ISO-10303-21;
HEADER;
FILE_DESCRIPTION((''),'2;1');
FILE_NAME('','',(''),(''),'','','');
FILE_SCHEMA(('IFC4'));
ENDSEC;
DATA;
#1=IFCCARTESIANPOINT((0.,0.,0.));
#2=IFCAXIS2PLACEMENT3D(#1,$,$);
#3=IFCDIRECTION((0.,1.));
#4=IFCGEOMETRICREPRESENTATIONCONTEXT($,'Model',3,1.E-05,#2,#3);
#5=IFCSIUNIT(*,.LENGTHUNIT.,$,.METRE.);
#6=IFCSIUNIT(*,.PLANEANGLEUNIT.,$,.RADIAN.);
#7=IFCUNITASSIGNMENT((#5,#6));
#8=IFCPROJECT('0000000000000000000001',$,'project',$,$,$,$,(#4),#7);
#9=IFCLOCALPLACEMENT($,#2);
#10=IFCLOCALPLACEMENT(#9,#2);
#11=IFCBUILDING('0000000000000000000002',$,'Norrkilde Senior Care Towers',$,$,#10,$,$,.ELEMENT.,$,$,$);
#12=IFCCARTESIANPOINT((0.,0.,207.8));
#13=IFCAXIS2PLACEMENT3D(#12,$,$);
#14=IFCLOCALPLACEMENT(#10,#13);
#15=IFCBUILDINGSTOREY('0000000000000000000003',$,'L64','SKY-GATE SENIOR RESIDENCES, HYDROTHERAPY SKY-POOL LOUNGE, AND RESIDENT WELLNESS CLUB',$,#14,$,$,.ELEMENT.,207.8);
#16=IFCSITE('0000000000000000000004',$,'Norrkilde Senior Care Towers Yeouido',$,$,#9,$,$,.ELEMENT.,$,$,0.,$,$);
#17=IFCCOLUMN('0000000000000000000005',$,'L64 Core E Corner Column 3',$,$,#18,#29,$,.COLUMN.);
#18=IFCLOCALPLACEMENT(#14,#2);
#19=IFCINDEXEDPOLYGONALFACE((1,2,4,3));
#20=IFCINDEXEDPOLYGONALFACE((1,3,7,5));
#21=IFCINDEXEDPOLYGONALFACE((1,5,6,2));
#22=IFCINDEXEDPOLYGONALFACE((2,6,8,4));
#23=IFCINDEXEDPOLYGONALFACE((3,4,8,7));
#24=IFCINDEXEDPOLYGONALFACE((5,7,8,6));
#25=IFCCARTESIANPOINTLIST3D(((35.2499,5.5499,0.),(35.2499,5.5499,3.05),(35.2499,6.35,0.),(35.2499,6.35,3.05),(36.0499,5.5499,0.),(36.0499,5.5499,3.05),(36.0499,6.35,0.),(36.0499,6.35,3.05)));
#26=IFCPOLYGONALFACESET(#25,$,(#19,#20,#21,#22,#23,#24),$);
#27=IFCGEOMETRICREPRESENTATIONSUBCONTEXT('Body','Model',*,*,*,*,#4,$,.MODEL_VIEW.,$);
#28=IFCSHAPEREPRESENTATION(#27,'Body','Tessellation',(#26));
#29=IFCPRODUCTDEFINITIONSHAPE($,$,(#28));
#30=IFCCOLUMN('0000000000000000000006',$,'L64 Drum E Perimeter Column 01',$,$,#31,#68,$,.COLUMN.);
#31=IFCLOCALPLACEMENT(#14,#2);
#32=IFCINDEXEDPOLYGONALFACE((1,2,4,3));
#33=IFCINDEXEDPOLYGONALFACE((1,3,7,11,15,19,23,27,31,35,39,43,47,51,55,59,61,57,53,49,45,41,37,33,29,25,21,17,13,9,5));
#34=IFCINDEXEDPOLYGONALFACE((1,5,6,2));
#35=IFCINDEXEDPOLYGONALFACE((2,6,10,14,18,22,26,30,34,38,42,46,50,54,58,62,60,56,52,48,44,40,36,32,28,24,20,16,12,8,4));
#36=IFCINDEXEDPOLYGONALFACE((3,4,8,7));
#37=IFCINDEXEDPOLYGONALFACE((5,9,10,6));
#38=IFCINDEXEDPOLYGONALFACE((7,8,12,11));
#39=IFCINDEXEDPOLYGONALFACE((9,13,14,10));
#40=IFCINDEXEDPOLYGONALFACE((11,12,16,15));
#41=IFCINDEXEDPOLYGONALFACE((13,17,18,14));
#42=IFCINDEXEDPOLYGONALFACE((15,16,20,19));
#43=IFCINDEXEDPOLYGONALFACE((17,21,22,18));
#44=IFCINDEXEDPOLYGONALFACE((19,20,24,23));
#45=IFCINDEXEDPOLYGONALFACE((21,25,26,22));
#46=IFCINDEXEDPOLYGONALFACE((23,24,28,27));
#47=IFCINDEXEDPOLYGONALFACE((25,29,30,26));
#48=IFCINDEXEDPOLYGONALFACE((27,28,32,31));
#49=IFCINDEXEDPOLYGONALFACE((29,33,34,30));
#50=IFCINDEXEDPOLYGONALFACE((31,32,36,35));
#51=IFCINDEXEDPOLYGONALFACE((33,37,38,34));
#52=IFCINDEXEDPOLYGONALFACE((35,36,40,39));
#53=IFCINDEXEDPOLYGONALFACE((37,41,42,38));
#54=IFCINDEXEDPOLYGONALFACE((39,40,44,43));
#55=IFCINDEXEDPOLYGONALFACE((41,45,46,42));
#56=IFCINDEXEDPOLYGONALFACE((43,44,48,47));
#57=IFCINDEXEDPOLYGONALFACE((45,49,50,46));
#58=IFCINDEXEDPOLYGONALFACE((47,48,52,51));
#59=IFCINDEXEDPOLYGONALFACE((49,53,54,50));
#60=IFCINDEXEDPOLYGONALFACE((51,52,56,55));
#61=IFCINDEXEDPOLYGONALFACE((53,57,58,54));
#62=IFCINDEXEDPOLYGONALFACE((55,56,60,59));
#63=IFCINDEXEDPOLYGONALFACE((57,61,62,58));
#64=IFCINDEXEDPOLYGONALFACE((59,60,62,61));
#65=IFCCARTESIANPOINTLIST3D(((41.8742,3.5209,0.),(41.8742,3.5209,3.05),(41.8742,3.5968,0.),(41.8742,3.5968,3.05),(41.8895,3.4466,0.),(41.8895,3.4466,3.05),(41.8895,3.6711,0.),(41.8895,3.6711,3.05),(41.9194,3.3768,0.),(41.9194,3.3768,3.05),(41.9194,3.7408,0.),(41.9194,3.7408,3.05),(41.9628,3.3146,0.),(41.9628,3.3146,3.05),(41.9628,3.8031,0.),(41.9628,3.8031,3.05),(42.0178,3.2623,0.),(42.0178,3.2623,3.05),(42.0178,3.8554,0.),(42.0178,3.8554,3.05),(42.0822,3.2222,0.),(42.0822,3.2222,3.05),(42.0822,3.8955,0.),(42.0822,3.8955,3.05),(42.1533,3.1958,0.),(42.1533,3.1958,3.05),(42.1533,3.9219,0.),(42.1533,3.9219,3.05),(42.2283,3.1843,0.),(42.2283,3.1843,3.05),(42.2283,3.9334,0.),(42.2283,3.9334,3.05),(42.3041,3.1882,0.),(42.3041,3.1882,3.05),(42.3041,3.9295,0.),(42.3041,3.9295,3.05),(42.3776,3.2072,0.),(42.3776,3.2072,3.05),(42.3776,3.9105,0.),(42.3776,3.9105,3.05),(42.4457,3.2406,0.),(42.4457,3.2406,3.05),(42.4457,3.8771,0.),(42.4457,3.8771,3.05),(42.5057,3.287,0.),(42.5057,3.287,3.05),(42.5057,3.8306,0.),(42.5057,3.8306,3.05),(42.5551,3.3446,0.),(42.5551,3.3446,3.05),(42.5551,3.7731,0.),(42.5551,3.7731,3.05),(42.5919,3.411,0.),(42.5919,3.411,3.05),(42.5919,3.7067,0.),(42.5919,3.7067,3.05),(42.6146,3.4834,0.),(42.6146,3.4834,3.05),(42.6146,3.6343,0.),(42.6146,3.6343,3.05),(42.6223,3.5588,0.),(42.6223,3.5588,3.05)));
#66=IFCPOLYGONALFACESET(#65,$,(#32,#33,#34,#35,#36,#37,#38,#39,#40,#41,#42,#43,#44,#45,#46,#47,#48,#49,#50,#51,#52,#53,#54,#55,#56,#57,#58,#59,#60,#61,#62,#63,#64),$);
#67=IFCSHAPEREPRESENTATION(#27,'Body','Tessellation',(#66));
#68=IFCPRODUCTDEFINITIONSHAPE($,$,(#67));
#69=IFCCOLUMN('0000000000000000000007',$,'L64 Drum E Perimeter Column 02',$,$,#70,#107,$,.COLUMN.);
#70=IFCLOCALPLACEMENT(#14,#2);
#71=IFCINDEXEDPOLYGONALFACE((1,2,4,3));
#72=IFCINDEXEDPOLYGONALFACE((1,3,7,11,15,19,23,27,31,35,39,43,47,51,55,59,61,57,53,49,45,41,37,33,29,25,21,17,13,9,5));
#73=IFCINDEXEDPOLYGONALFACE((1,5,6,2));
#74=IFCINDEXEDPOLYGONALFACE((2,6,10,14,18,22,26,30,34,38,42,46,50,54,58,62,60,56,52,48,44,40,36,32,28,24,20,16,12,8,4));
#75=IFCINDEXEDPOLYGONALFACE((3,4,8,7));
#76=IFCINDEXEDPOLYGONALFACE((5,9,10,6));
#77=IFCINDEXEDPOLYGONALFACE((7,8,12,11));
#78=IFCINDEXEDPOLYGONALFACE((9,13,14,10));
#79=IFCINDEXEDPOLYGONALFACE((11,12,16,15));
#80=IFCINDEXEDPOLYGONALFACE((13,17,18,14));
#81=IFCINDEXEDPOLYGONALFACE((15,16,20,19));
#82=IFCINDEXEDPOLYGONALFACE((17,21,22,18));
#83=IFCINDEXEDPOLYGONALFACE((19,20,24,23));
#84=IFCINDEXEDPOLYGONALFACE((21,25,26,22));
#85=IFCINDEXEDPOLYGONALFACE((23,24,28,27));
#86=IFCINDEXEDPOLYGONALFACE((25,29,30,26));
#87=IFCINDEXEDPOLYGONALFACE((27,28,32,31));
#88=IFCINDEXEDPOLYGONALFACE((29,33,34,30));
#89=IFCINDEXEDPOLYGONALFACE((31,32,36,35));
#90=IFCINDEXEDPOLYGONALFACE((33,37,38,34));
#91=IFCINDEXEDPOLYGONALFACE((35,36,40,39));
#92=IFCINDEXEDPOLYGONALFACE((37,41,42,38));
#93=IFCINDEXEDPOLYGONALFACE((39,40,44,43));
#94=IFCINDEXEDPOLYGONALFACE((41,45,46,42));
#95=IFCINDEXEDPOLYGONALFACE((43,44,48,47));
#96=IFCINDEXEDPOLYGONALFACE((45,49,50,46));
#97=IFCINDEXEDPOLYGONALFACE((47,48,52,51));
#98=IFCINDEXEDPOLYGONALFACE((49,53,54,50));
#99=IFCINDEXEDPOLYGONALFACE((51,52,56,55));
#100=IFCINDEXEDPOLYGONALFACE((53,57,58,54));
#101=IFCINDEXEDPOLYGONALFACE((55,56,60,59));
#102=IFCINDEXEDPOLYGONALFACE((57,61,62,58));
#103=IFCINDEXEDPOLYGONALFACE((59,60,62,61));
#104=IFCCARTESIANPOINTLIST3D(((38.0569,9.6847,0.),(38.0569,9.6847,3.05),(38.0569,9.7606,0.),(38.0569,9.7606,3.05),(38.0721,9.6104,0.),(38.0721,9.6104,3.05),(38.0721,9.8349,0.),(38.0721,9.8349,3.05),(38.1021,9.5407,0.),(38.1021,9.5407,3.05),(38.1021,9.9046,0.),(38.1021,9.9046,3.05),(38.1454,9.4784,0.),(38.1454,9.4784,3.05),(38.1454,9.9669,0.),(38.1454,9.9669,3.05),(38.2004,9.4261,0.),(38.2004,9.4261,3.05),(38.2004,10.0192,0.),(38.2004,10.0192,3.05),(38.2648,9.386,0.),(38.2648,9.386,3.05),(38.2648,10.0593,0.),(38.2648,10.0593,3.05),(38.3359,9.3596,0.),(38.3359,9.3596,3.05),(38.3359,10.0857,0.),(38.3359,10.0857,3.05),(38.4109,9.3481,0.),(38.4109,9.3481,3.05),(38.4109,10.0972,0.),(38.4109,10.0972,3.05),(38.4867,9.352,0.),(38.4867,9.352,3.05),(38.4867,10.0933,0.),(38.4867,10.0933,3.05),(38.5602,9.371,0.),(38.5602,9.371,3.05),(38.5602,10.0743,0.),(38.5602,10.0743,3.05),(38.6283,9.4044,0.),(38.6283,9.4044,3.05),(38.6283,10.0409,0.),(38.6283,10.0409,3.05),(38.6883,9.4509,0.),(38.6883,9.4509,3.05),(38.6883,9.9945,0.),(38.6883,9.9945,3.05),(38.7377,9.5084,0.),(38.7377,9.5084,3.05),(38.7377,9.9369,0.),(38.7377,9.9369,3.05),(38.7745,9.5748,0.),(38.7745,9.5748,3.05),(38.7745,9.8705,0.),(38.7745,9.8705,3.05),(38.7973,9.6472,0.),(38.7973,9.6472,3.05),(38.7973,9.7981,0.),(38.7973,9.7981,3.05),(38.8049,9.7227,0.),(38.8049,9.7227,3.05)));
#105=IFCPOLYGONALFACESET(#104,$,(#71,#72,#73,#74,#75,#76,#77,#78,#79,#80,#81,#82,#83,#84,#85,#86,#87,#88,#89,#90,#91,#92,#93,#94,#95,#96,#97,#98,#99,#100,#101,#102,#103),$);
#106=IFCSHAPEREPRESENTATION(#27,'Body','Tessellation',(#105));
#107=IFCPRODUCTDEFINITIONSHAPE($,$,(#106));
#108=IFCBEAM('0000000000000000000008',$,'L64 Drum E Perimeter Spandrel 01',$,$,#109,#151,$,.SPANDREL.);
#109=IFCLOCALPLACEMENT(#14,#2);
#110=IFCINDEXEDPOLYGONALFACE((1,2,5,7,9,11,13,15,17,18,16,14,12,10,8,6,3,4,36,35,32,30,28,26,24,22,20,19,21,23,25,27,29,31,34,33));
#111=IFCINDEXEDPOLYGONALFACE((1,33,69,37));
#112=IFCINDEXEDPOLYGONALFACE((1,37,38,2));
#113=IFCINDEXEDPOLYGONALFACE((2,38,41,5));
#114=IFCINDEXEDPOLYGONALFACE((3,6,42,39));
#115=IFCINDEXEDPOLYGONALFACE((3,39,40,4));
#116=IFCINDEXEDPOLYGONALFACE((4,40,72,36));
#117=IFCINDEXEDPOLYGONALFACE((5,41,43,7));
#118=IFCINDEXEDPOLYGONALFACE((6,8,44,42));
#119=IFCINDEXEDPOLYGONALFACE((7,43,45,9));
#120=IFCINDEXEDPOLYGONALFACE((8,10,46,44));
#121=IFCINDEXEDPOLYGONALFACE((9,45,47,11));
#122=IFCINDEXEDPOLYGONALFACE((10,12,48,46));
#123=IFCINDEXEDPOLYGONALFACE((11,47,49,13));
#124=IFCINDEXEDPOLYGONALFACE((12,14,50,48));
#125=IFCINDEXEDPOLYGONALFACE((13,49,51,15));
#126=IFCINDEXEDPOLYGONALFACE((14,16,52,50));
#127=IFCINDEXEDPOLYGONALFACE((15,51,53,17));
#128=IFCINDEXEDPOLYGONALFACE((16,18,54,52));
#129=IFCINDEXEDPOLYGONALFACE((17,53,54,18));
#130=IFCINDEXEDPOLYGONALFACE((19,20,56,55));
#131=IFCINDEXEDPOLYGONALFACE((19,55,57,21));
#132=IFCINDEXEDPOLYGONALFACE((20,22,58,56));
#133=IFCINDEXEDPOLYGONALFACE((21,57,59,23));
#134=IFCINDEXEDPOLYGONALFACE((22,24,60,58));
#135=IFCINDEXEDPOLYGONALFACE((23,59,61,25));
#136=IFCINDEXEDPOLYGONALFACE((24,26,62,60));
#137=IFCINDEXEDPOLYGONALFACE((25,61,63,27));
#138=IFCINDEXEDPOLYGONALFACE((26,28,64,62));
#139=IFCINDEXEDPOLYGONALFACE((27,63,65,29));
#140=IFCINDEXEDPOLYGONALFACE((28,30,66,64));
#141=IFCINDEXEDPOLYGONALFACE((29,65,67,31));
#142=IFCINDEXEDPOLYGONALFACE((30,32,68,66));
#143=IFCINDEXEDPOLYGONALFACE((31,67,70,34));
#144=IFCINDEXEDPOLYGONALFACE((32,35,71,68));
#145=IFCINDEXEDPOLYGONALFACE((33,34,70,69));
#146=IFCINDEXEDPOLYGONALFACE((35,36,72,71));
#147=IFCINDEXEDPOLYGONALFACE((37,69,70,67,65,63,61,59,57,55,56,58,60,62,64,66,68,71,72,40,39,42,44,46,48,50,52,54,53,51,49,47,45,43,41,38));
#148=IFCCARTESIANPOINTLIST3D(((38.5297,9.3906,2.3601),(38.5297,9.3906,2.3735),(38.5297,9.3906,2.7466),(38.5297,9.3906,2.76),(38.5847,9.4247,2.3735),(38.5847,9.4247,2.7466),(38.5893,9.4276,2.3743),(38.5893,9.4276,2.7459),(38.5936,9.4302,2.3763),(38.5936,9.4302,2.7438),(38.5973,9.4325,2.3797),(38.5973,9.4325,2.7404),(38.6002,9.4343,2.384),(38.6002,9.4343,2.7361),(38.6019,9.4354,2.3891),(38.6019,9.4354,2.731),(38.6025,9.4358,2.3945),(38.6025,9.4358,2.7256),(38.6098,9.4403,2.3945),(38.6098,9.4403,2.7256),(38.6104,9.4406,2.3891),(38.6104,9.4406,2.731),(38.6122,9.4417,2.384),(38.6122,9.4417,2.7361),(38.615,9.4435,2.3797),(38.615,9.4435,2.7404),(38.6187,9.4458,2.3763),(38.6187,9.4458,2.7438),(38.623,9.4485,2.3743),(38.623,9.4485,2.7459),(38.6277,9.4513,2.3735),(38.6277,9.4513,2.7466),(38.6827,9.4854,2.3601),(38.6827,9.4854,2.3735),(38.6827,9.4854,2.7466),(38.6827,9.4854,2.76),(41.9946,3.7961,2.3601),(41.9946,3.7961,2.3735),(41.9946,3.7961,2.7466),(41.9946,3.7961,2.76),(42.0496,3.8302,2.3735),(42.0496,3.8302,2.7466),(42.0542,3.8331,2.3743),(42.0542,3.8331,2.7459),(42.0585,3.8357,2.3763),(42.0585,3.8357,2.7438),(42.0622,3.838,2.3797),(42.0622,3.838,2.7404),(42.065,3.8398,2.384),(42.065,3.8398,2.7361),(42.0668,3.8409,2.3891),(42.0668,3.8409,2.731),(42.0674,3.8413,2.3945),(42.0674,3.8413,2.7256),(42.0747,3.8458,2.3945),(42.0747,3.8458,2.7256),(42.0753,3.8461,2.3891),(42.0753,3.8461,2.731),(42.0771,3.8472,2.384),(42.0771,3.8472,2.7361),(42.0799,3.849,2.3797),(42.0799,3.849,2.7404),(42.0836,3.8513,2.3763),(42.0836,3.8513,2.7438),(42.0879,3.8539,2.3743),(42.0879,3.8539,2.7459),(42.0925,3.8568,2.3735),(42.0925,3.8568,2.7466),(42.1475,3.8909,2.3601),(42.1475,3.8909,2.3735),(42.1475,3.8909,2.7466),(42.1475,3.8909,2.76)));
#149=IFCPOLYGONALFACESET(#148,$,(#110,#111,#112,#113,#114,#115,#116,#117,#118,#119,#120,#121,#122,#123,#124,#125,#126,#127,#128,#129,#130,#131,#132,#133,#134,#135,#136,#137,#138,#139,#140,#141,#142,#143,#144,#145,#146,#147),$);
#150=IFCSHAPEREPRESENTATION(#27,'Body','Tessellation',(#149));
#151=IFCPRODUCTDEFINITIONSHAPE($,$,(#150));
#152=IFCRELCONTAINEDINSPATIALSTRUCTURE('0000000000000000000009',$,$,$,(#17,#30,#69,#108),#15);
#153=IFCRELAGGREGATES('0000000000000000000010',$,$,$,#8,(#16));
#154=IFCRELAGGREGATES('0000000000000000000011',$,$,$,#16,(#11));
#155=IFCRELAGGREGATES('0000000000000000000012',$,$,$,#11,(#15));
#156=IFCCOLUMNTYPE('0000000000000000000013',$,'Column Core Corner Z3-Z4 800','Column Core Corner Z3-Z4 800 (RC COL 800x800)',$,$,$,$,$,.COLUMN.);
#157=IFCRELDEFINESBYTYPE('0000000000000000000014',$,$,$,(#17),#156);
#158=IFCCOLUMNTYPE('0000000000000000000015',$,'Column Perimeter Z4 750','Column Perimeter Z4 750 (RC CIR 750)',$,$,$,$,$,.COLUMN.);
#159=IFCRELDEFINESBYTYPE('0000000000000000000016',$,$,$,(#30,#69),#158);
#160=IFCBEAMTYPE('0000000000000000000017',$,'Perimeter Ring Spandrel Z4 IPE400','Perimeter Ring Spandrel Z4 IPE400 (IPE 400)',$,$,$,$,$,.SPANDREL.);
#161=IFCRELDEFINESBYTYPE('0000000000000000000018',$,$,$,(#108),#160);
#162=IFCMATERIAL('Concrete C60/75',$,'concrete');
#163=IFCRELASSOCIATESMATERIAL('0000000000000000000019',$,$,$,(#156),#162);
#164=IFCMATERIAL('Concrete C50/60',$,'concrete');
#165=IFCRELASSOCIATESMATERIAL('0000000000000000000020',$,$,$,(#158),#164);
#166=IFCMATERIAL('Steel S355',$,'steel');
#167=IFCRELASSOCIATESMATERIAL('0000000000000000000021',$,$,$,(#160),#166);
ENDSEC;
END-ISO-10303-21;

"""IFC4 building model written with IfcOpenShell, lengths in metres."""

from ifc_helpers import new_model, si_unit, direction, frame, origin, origin_2d, place, context, subcontext, project, spatial, rectangle, circle, i_section, extrude, source, transform, mapped, material, material_profile, profile_set, type_object, type_shapes, element, save


model = new_model("IFC4")

# Units and contexts
model_context = context("Model", 3, precision=1e-05, world=origin(), true_north=direction((0.0, 1.0)))
body_context = subcontext(model_context, "Body", "Model", "MODEL_VIEW")
ifc_project = project(units=[si_unit("LENGTHUNIT", "METRE"), si_unit("PLANEANGLEUNIT", "RADIAN")], contexts=[model_context])

# Site, building, storey
site_placement = place(None, origin())
site = spatial("IfcSite", under=ifc_project, at=site_placement, Name="Norrkilde Senior Care Towers Yeouido", CompositionType="ELEMENT", RefElevation=0.0)
building_placement = place(site_placement, origin())
building = spatial("IfcBuilding", under=site, at=building_placement, Name="Norrkilde Senior Care Towers", CompositionType="ELEMENT")
storey_placement = place(building_placement, frame((0.0, 0.0, 207.8)))
storey = spatial("IfcBuildingStorey", under=building, at=storey_placement, Name="L64", Description="SKY-GATE SENIOR RESIDENCES, HYDROTHERAPY SKY-POOL LOUNGE, AND RESIDENT WELLNESS CLUB", CompositionType="ELEMENT", Elevation=207.8)

# Columns
ifc_material_1 = material(Name="Concrete C60/75", Category="concrete")
ifc_material_profile_1 = material_profile(ifc_material_1, rectangle(XDim=0.8, YDim=0.8, at=origin_2d()), Name="RC COL 800x800")
ifc_profile_set_1 = profile_set([ifc_material_profile_1], Name="Concrete C60/75")
column_type_1 = type_object("IfcColumnType", Name="Column Core Corner Z3-Z4 800", Description="Column Core Corner Z3-Z4 800 (RC COL 800x800)", PredefinedType="COLUMN", material=ifc_profile_set_1)
shared_shape_1 = source(origin(), body_context, "Body", "SweptSolid", [
    extrude(rectangle(XDim=0.8, YDim=0.8, at=origin_2d()), origin(), (0.0, 0.0, 1.0), 3.05),
])
type_shapes(column_type_1, [shared_shape_1])
column_placement = place(storey_placement, frame((35.6499, 5.95, 0.0), z_axis=(0.0, 0.0, 1.0), x_axis=(1.0, 0.0, 0.0)))
element("IfcColumn", 1, at=column_placement, inside=storey, type_object=column_type_1, Name="L64 Core E Corner Column 3", PredefinedType="COLUMN", context=body_context, shape_type="MappedRepresentation", body=[
    mapped(shared_shape_1, transform((0.0, 0.0, 0.0), x_axis=(1.0, 0.0, 0.0), y_axis=(0.0, 1.0, 0.0), z_axis=(0.0, 0.0, 1.0), scale=1.0)),
])
ifc_material_2 = material(Name="Concrete C50/60", Category="concrete")
ifc_material_profile_2 = material_profile(ifc_material_2, circle(Radius=0.375, at=origin_2d()), Name="RC CIR 750")
ifc_profile_set_2 = profile_set([ifc_material_profile_2], Name="Concrete C50/60")
column_type_2 = type_object("IfcColumnType", Name="Column Perimeter Z4 750", Description="Column Perimeter Z4 750 (RC CIR 750)", PredefinedType="COLUMN", material=ifc_profile_set_2)
shared_shape_2 = source(origin(), body_context, "Body", "SweptSolid", [
    extrude(circle(Radius=0.375, at=origin_2d()), origin(), (0.0, 0.0, 1.0), 3.05),
])
type_shapes(column_type_2, [shared_shape_2])
for number, where, z_axis, x_axis, name in (
    (2, (42.2473, 3.5588, 0.0), (0.0, 0.0, 1.0), (1.0, 0.0, 0.0), "L64 Drum E Perimeter Column 01"),
    (3, (38.4299, 9.7227, 0.0), (0.0, 0.0, 1.0), (1.0, 0.0, 0.0), "L64 Drum E Perimeter Column 02"),
):
    element("IfcColumn", number, at=place(storey_placement, frame(where, z_axis=z_axis, x_axis=x_axis)), inside=storey, type_object=column_type_2, Name=name, PredefinedType="COLUMN", context=body_context, shape_type="MappedRepresentation", body=[
        mapped(shared_shape_2, transform((0.0, 0.0, 0.0), x_axis=(1.0, 0.0, 0.0), y_axis=(0.0, 1.0, 0.0), z_axis=(0.0, 0.0, 1.0), scale=1.0)),
    ])

# Beam
ifc_material_3 = material(Name="Steel S355", Category="steel")
ifc_material_profile_3 = material_profile(ifc_material_3, i_section(OverallWidth=0.1799, OverallDepth=0.3999, WebThickness=0.0085, FlangeThickness=0.0134, FilletRadius=0.021, at=origin_2d()), Name="IPE 400")
ifc_profile_set_3 = profile_set([ifc_material_profile_3], Name="Steel S355")
beam_type_1 = type_object("IfcBeamType", Name="Perimeter Ring Spandrel Z4 IPE400", Description="Perimeter Ring Spandrel Z4 IPE400 (IPE 400)", PredefinedType="SPANDREL", material=ifc_profile_set_3)
shared_shape_3 = source(origin(), body_context, "Body", "SweptSolid", [
    extrude(i_section(OverallWidth=0.1799, OverallDepth=0.3999, WebThickness=0.0085, FlangeThickness=0.0134, FilletRadius=0.021, at=origin_2d()), origin(), (0.0, 0.0, 1.0), 6.5806),
])
beam_1_placement = place(storey_placement, frame((42.071, 3.8435, 2.5601), z_axis=(-0.52653, 0.850157, 0.0), x_axis=(-0.850157, -0.52653, 0.0)))
element("IfcBeam", 4, at=beam_1_placement, inside=storey, type_object=beam_type_1, Name="L64 Drum E Perimeter Spandrel 01", PredefinedType="SPANDREL", context=body_context, shape_type="MappedRepresentation", body=[
    mapped(shared_shape_3, transform((0.0, 0.0, 0.0), x_axis=(1.0, 0.0, 0.0), y_axis=(0.0, 1.0, 0.0), z_axis=(0.0, 0.0, 1.0), scale=1.0)),
])

save(model, "model.ifc")
